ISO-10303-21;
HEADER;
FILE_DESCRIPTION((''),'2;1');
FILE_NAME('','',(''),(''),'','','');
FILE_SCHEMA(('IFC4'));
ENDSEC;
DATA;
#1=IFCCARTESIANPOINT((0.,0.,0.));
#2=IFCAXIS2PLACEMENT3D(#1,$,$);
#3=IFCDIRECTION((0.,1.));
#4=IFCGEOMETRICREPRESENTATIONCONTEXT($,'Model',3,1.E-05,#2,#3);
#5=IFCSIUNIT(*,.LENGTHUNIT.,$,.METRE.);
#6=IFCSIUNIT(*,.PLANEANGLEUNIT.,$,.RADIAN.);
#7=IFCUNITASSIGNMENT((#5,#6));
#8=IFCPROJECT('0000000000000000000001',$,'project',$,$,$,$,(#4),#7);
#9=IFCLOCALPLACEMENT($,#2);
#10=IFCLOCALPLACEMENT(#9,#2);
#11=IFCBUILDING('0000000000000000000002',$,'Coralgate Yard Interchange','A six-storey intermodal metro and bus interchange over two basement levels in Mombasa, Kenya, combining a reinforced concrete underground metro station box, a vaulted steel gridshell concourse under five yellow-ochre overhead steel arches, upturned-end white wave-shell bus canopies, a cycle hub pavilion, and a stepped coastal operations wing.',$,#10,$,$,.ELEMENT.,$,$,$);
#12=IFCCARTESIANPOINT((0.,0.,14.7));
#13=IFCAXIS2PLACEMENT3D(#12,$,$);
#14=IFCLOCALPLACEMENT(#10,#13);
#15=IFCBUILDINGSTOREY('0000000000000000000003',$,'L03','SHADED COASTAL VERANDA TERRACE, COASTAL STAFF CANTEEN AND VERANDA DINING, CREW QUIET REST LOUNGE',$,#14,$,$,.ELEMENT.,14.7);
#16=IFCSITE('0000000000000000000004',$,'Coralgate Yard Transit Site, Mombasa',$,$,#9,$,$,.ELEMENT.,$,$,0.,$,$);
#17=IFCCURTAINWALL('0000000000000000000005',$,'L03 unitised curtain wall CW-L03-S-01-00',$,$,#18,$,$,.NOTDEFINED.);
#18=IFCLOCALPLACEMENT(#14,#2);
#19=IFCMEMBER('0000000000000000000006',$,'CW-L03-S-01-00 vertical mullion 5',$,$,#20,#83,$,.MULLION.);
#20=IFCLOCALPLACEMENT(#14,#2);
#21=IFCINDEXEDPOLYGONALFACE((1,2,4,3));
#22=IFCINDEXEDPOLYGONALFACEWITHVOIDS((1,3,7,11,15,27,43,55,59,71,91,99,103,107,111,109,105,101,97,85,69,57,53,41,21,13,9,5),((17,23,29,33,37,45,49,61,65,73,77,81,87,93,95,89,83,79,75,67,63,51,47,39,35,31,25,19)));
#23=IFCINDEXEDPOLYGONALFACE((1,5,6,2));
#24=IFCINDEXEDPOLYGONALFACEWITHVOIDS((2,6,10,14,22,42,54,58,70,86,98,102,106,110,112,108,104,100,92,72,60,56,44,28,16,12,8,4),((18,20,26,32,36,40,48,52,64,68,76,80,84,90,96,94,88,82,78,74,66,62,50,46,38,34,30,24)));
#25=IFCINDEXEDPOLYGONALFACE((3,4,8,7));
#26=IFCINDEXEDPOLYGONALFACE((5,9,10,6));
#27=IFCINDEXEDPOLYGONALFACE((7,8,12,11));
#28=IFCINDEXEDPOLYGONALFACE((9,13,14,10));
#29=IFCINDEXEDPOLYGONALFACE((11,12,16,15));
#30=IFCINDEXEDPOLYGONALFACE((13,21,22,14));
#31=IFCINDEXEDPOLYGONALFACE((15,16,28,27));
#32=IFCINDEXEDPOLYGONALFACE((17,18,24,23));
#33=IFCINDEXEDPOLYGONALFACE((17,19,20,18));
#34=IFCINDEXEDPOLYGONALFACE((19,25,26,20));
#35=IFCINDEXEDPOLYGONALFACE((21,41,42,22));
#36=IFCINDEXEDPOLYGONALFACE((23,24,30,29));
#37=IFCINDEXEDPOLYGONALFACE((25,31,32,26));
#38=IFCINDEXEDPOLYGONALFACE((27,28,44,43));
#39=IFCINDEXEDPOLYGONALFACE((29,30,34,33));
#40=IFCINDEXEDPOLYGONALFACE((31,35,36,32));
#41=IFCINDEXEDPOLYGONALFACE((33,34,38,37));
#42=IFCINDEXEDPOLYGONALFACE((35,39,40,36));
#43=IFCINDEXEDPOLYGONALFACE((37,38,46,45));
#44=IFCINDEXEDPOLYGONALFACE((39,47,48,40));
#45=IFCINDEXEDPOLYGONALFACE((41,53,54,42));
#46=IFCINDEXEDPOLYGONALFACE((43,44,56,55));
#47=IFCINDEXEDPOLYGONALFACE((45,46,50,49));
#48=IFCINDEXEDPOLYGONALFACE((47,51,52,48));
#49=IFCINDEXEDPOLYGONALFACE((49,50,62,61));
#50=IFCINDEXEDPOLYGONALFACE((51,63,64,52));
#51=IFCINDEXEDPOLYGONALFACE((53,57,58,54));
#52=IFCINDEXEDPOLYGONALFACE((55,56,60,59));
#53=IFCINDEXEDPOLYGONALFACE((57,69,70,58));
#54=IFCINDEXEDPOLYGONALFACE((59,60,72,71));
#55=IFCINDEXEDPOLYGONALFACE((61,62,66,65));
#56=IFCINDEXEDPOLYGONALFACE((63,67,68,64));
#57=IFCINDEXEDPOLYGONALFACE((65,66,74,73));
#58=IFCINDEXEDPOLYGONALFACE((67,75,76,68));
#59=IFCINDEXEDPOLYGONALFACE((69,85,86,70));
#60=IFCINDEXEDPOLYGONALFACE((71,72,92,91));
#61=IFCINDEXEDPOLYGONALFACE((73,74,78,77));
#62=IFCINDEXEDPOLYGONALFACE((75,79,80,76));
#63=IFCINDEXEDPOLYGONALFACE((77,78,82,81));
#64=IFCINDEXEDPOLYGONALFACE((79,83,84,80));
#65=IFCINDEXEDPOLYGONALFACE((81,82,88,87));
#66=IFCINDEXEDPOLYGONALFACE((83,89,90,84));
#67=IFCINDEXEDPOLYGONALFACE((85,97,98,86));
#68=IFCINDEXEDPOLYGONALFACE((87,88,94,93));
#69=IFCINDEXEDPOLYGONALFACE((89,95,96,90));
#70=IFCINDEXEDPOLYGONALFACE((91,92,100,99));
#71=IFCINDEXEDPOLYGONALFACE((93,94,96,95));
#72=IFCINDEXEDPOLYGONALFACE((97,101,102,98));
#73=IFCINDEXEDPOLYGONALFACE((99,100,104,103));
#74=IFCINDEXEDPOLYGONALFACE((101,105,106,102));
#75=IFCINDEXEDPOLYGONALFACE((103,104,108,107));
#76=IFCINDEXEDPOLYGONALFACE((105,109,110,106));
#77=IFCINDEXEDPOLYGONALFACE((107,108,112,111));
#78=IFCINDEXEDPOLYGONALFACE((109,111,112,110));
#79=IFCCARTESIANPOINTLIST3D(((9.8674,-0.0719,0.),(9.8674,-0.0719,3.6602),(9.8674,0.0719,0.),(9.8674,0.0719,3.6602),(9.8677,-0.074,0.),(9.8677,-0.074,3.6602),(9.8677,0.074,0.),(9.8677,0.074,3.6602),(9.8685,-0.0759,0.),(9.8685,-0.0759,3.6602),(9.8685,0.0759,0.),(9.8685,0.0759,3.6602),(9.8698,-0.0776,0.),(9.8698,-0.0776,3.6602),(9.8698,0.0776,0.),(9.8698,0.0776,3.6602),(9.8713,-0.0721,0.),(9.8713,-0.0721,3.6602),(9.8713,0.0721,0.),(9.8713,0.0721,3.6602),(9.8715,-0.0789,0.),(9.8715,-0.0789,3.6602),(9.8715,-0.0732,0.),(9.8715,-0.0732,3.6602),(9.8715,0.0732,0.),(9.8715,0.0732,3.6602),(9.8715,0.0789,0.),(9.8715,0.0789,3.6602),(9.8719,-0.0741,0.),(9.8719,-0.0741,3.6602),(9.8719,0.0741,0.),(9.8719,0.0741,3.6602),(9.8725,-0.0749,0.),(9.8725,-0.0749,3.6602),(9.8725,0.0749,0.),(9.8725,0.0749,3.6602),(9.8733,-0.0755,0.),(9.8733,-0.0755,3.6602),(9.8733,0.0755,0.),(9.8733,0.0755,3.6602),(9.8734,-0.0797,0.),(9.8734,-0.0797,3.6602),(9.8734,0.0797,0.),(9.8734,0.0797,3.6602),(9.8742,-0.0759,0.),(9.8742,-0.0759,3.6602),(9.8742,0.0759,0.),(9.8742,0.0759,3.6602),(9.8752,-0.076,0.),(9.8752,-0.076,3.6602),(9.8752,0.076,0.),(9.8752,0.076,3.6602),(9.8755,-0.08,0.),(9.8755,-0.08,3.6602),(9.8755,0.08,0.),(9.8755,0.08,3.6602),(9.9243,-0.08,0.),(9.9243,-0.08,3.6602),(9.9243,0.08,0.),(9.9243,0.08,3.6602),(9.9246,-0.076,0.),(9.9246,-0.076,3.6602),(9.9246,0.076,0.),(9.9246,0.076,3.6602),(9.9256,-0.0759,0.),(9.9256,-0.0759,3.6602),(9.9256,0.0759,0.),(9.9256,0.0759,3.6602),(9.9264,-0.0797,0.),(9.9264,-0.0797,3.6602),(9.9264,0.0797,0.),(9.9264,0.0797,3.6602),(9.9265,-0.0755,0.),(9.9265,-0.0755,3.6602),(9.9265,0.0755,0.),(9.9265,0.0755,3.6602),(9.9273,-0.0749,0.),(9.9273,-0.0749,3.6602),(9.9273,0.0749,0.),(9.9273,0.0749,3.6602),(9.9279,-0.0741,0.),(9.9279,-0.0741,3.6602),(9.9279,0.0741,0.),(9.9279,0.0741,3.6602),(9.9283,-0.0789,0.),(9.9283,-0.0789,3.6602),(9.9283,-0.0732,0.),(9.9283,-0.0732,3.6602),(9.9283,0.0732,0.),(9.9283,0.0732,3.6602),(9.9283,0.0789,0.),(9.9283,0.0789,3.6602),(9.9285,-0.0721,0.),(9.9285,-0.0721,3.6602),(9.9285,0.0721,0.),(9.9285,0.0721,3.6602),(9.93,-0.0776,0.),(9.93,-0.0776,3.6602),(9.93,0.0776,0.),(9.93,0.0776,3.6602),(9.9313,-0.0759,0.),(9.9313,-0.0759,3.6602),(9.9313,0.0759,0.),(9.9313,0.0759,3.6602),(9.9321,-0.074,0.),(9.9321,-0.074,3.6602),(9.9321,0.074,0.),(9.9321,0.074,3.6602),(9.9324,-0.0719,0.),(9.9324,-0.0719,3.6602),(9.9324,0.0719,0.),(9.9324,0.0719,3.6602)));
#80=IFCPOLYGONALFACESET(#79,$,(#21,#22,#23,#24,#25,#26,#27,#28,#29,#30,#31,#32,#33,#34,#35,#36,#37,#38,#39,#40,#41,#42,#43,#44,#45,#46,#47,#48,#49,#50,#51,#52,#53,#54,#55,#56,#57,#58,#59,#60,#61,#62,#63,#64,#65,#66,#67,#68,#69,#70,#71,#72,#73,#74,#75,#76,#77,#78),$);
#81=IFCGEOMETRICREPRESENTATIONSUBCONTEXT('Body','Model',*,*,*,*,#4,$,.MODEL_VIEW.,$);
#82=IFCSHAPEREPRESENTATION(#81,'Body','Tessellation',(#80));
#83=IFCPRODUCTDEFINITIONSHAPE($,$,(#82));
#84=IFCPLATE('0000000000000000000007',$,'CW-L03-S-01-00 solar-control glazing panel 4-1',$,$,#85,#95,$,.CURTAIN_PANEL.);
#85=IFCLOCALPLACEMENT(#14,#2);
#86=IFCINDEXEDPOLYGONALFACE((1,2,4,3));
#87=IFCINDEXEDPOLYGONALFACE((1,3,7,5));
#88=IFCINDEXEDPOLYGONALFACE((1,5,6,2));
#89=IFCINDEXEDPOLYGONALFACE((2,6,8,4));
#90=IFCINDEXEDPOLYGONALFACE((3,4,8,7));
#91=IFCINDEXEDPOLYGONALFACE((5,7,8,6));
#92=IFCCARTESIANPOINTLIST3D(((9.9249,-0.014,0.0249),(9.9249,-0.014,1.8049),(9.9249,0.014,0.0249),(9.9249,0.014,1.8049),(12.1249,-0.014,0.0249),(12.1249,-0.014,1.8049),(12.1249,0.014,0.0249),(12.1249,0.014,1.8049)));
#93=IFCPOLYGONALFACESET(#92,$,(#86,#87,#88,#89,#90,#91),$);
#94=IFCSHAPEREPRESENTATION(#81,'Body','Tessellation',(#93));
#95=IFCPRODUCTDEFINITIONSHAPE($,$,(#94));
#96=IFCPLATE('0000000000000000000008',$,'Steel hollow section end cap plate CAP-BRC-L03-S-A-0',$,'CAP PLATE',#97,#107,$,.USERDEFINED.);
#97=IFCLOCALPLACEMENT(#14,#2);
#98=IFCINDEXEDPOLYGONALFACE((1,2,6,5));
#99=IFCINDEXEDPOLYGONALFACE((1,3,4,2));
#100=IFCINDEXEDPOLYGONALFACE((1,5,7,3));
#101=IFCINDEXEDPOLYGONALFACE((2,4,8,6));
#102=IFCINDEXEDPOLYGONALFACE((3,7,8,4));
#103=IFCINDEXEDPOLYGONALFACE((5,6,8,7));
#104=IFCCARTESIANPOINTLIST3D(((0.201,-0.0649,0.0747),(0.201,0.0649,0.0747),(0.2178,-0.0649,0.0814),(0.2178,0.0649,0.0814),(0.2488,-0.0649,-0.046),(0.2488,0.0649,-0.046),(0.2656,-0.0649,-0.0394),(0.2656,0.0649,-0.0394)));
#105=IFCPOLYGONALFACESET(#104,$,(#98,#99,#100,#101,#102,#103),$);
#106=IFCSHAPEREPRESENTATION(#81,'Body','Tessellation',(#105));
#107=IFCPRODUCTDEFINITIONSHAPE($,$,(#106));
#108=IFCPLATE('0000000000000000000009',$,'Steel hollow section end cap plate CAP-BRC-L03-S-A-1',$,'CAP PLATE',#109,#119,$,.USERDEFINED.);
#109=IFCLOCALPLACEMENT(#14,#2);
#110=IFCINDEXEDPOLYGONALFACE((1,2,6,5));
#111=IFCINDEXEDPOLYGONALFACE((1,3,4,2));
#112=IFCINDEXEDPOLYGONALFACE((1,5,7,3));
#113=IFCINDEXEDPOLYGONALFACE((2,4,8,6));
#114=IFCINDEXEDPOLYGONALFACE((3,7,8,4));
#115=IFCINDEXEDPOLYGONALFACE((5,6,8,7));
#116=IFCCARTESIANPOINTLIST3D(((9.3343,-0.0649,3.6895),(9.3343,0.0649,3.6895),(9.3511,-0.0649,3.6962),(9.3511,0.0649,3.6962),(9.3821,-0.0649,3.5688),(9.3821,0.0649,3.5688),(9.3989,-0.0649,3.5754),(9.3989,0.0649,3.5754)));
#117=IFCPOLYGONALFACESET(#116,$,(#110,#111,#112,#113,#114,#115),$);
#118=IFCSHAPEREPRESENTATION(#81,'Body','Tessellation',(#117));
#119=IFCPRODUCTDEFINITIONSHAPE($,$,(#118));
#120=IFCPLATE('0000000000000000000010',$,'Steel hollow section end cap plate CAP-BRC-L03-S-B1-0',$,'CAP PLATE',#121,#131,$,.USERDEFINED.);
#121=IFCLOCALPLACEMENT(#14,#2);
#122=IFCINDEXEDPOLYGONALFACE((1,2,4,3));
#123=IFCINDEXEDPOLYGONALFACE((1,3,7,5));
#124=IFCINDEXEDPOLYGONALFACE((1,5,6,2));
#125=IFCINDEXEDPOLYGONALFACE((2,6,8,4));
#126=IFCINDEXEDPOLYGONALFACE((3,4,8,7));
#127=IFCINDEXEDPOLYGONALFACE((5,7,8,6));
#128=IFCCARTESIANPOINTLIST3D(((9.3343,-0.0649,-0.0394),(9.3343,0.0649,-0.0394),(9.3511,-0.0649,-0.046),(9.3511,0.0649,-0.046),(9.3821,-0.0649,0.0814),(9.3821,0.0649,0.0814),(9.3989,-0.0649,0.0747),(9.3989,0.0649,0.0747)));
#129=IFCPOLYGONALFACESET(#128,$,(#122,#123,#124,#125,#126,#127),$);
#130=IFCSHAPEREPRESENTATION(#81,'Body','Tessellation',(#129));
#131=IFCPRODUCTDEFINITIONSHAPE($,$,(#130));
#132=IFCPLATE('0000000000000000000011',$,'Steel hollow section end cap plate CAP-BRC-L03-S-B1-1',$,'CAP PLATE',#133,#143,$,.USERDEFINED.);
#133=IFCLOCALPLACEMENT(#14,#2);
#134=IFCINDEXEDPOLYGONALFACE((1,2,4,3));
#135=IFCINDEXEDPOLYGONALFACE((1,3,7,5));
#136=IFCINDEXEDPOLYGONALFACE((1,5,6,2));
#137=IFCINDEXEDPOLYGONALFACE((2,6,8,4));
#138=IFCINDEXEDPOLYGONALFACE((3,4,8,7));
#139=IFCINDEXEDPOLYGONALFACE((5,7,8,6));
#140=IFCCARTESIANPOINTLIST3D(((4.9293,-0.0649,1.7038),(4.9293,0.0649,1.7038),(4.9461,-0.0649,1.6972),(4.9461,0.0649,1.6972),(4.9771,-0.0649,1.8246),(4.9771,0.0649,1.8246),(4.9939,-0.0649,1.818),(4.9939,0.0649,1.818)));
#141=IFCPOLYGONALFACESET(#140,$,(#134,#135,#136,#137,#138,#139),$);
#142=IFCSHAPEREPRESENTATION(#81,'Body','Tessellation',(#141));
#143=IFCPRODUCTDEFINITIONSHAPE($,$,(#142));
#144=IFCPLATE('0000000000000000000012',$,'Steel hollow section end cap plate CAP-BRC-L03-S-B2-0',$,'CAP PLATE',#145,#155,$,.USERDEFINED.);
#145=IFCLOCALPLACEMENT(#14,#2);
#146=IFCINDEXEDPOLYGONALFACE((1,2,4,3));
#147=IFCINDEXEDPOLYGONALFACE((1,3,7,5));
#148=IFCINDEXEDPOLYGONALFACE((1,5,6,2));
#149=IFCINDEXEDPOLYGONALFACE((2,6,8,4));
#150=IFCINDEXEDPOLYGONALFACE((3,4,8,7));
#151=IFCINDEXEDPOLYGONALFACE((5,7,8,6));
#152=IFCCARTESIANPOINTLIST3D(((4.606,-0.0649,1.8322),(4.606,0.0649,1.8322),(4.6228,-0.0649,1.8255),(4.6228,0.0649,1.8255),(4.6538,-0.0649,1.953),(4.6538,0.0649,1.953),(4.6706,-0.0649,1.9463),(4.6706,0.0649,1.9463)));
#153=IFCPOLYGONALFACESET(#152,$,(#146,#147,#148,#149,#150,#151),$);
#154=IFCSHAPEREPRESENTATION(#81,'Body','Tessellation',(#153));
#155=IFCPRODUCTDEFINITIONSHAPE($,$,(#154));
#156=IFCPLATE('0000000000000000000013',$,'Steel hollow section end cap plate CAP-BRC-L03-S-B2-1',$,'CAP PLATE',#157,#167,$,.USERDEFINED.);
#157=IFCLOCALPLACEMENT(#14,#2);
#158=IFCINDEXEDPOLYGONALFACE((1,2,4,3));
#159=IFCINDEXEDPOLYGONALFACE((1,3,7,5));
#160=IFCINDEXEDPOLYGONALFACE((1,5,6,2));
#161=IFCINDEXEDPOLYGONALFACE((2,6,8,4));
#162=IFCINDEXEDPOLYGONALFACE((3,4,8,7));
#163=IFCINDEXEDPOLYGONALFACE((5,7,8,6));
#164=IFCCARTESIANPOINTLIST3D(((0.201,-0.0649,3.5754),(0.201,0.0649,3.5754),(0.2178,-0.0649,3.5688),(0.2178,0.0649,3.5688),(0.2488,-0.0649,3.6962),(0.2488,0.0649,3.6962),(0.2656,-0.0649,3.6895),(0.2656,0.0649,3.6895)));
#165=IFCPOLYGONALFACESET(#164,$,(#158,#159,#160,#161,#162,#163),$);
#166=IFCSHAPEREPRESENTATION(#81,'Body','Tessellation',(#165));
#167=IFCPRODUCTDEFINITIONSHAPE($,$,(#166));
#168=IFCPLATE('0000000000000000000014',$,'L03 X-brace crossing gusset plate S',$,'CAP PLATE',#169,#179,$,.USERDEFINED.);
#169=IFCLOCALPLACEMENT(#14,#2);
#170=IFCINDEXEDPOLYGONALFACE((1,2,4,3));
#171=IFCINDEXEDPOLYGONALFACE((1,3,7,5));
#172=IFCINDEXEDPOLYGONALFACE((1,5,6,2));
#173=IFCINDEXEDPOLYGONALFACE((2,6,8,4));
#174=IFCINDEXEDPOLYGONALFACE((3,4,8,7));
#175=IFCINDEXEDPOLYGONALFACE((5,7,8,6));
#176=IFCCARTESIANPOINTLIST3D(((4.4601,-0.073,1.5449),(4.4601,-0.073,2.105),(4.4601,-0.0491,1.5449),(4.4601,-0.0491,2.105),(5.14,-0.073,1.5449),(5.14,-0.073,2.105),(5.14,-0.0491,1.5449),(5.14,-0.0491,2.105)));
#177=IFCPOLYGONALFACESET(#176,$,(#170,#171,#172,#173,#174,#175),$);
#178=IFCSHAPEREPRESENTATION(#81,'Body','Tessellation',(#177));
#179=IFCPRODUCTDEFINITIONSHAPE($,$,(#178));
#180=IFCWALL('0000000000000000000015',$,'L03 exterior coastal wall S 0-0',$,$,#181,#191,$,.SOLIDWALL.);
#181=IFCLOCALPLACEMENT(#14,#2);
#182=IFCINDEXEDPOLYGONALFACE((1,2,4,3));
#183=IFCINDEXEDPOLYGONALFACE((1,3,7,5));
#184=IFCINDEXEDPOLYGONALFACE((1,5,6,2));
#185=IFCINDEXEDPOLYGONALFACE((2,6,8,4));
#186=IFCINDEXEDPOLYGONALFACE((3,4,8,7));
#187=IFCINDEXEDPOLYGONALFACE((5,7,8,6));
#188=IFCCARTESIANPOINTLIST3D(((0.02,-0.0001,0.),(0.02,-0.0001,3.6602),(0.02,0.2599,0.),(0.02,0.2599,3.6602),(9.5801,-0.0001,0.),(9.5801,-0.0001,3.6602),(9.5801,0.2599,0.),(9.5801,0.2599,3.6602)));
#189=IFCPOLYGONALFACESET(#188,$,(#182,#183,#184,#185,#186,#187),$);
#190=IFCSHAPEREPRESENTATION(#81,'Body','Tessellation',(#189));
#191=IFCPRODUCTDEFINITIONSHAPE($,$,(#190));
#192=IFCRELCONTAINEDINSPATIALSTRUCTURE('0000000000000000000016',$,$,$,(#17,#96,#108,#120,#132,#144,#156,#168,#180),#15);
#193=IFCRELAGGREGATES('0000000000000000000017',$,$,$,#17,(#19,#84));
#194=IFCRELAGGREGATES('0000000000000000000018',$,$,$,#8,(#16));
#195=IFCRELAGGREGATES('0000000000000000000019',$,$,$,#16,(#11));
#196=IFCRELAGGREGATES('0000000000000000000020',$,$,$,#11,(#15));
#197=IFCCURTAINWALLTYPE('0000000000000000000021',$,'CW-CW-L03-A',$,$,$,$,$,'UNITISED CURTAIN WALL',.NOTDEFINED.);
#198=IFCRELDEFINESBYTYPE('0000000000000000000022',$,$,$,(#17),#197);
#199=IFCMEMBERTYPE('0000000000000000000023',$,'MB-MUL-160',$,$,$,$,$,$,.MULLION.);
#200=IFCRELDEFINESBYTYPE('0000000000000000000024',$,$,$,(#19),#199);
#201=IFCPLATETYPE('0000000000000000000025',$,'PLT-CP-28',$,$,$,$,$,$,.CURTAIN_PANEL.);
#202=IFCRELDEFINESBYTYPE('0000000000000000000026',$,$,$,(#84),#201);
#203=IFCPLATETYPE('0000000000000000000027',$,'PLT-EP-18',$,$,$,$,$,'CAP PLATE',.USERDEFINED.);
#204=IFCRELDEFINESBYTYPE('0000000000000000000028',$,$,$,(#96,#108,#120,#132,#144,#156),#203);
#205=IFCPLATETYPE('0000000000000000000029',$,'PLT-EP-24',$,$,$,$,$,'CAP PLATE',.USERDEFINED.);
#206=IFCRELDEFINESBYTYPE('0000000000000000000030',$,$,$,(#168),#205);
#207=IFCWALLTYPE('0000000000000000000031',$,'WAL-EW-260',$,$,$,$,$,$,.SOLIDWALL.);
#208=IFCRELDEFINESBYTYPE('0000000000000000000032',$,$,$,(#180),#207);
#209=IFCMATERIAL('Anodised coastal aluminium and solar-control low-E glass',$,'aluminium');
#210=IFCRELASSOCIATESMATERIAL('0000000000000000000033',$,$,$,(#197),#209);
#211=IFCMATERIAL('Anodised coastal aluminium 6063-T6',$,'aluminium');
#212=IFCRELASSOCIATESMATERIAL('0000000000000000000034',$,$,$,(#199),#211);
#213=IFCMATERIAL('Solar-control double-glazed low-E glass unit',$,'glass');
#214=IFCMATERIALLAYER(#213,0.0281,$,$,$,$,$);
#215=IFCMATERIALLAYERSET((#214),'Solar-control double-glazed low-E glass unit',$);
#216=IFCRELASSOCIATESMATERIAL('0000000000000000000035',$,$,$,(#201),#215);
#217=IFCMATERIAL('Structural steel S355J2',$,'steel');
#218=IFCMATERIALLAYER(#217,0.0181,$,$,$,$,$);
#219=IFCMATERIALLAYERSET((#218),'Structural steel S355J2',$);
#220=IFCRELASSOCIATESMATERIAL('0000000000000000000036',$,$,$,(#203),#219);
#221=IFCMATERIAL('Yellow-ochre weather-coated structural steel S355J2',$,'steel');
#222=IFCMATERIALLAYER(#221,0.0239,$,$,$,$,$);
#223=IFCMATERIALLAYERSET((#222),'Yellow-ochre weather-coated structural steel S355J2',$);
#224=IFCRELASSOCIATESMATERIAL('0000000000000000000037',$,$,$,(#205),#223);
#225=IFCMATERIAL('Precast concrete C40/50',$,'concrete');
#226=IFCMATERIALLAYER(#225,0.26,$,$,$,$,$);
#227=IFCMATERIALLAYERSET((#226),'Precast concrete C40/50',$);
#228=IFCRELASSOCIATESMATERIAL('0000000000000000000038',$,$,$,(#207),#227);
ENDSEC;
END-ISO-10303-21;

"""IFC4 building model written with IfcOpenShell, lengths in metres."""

from ifc_helpers import new_model, si_unit, direction, frame, frame_2d, origin, origin_2d, place, context, subcontext, project, spatial, rectangle, hollow_rectangle, extrude, material, layer, layer_set, material_profile, profile_set, type_object, element, aggregate, save


model = new_model("IFC4")

# Units and contexts
model_context = context("Model", 3, precision=1e-05, world=origin(), true_north=direction((0.0, 1.0)))
body_context = subcontext(model_context, "Body", "Model", "MODEL_VIEW")
ifc_project = project(units=[si_unit("LENGTHUNIT", "METRE"), si_unit("PLANEANGLEUNIT", "RADIAN")], contexts=[model_context])

# Site, building, storey
site_placement = place(None, origin())
site = spatial("IfcSite", under=ifc_project, at=site_placement, Name="Coralgate Yard Transit Site, Mombasa", CompositionType="ELEMENT", RefElevation=0.0)
building_placement = place(site_placement, origin())
building = spatial("IfcBuilding", under=site, at=building_placement, Name="Coralgate Yard Interchange", Description="A six-storey intermodal metro and bus interchange over two basement levels in Mombasa, Kenya, combining a reinforced concrete underground metro station box, a vaulted steel gridshell concourse under five yellow-ochre overhead steel arches, upturned-end white wave-shell bus canopies, a cycle hub pavilion, and a stepped coastal operations wing.", CompositionType="ELEMENT")
storey_placement = place(building_placement, frame((0.0, 0.0, 14.7)))
storey = spatial("IfcBuildingStorey", under=building, at=storey_placement, Name="L03", Description="SHADED COASTAL VERANDA TERRACE, COASTAL STAFF CANTEEN AND VERANDA DINING, CREW QUIET REST LOUNGE", CompositionType="ELEMENT", Elevation=14.7)

# Shared definitions
ifc_material_1 = material(Name="Structural steel S355J2", Category="steel")

# Curtain wall, member, plate
ifc_material_2 = material(Name="Anodised coastal aluminium and solar-control low-E glass", Category="aluminium")
curtain_wall_type = type_object("IfcCurtainWallType", Name="CW-CW-L03-A", ElementType="UNITISED CURTAIN WALL", PredefinedType="NOTDEFINED", material=ifc_material_2)
curtain_wall_placement = place(storey_placement, origin())
curtain_wall = element("IfcCurtainWall", 1, at=curtain_wall_placement, inside=storey, type_object=curtain_wall_type, Name="L03 unitised curtain wall CW-L03-S-01-00", PredefinedType="NOTDEFINED")
ifc_material_3 = material(Name="Anodised coastal aluminium 6063-T6", Category="aluminium")
ifc_material_profile_1 = material_profile(ifc_material_3, hollow_rectangle(XDim=0.0649, YDim=0.1599, WallThickness=0.0039, InnerFilletRadius=0.0039, OuterFilletRadius=0.0081, at=origin_2d()), Name="ALU 65x160x4")
ifc_profile_set_1 = profile_set([ifc_material_profile_1], Name="Anodised coastal aluminium 6063-T6")
member_type_1 = type_object("IfcMemberType", Name="MB-MUL-160", PredefinedType="MULLION", material=ifc_profile_set_1)
member_1_placement = place(storey_placement, frame((9.8999, 0.0, 0.0), z_axis=(0.0, 0.0, 1.0), x_axis=(1.0, 0.0, 0.0)))
member_1 = element("IfcMember", 2, at=member_1_placement, type_object=member_type_1, Name="CW-L03-S-01-00 vertical mullion 5", PredefinedType="MULLION", context=body_context, shape_type="SweptSolid", body=[
    extrude(hollow_rectangle(XDim=0.0649, YDim=0.1599, WallThickness=0.0039, InnerFilletRadius=0.0039, OuterFilletRadius=0.0081, at=origin_2d()), origin(), (0.0, 0.0, 1.0), 3.6602),
])
ifc_material_4 = material(Name="Solar-control double-glazed low-E glass unit", Category="glass")
ifc_layer_1 = layer(ifc_material_4, 0.0281)
ifc_layer_set_1 = layer_set([ifc_layer_1], Name="Solar-control double-glazed low-E glass unit")
plate_type_1 = type_object("IfcPlateType", Name="PLT-CP-28", PredefinedType="CURTAIN_PANEL", material=ifc_layer_set_1)
plate_1_placement = place(storey_placement, frame((11.0249, 0.0, 0.0249), z_axis=(0.0, 0.0, 1.0), x_axis=(-1.0, 0.0, 0.0)))
plate_1 = element("IfcPlate", 3, at=plate_1_placement, type_object=plate_type_1, Name="CW-L03-S-01-00 solar-control glazing panel 4-1", PredefinedType="CURTAIN_PANEL", context=body_context, shape_type="SweptSolid", body=[
    extrude(rectangle(XDim=2.2, YDim=0.0281, at=origin_2d()), origin(), (0.0, 0.0, 1.0), 1.78),
])
aggregate(curtain_wall, [member_1, plate_1])

# Plates
ifc_layer_2 = layer(ifc_material_1, 0.0181)
ifc_layer_set_2 = layer_set([ifc_layer_2], Name="Structural steel S355J2")
plate_type_2 = type_object("IfcPlateType", Name="PLT-EP-18", ElementType="CAP PLATE", PredefinedType="USERDEFINED", material=ifc_layer_set_2)
for number, where, z_axis, x_axis, name in (
    (4, (0.2417, 0.0, 0.021), (-0.929807, 0.0, -0.368048), (0.0, -1.0, 0.0), "Steel hollow section end cap plate CAP-BRC-L03-S-A-0"),
    (5, (9.3582, 0.0, 3.6292), (0.929807, 0.0, 0.368048), (0.0, 1.0, 0.0), "Steel hollow section end cap plate CAP-BRC-L03-S-A-1"),
    (6, (9.3582, 0.0, 0.021), (0.929807, 0.0, -0.368048), (0.0, 1.0, 0.0), "Steel hollow section end cap plate CAP-BRC-L03-S-B1-0"),
    (7, (4.97, 0.0, 1.7576), (-0.929807, 0.0, 0.368048), (0.0, -1.0, 0.0), "Steel hollow section end cap plate CAP-BRC-L03-S-B1-1"),
    (8, (4.6299, 0.0, 1.8926), (0.929807, 0.0, -0.368048), (0.0, 1.0, 0.0), "Steel hollow section end cap plate CAP-BRC-L03-S-B2-0"),
    (9, (0.2417, 0.0, 3.6292), (-0.929807, 0.0, 0.368048), (0.0, -1.0, 0.0), "Steel hollow section end cap plate CAP-BRC-L03-S-B2-1"),
):
    element("IfcPlate", number, at=place(storey_placement, frame(where, z_axis=z_axis, x_axis=x_axis)), inside=storey, type_object=plate_type_2, Name=name, ObjectType="CAP PLATE", PredefinedType="USERDEFINED", context=body_context, shape_type="SweptSolid", body=[
        extrude(rectangle(XDim=0.1299, YDim=0.1299, at=origin_2d()), origin(), (0.0, 0.0, 1.0), 0.0181),
    ])
ifc_material_5 = material(Name="Yellow-ochre weather-coated structural steel S355J2", Category="steel")
ifc_layer_3 = layer(ifc_material_5, 0.0239)
ifc_layer_set_3 = layer_set([ifc_layer_3], Name="Yellow-ochre weather-coated structural steel S355J2")
plate_type_3 = type_object("IfcPlateType", Name="PLT-EP-24", ElementType="CAP PLATE", PredefinedType="USERDEFINED", material=ifc_layer_set_3)
plate_2_placement = place(storey_placement, frame((4.8, -0.061, 1.5449), z_axis=(0.0, 0.0, 1.0), x_axis=(1.0, 0.0, 0.0)))
element("IfcPlate", 10, at=plate_2_placement, inside=storey, type_object=plate_type_3, Name="L03 X-brace crossing gusset plate S", ObjectType="CAP PLATE", PredefinedType="USERDEFINED", context=body_context, shape_type="SweptSolid", body=[
    extrude(rectangle(XDim=0.6799, YDim=0.0239, at=origin_2d()), origin(), (0.0, 0.0, 1.0), 0.5601),
])

# Wall
ifc_material_6 = material(Name="Precast concrete C40/50", Category="concrete")
ifc_layer_4 = layer(ifc_material_6, 0.26)
ifc_layer_set_4 = layer_set([ifc_layer_4], Name="Precast concrete C40/50")
wall_type_1 = type_object("IfcWallType", Name="WAL-EW-260", PredefinedType="SOLIDWALL", material=ifc_layer_set_4)
wall_1_placement = place(storey_placement, frame((9.5801, 0.1299, 0.0), z_axis=(0.0, 0.0, 1.0), x_axis=(-1.0, 0.0, 0.0)))
element("IfcWall", 11, at=wall_1_placement, inside=storey, type_object=wall_type_1, Name="L03 exterior coastal wall S 0-0", PredefinedType="SOLIDWALL", context=body_context, shape_type="SweptSolid", body=[
    extrude(rectangle(XDim=9.5601, YDim=0.26, at=frame_2d((4.78, 0.0))), origin(), (0.0, 0.0, 1.0), 3.6602),
])

save(model, "model.ifc")
